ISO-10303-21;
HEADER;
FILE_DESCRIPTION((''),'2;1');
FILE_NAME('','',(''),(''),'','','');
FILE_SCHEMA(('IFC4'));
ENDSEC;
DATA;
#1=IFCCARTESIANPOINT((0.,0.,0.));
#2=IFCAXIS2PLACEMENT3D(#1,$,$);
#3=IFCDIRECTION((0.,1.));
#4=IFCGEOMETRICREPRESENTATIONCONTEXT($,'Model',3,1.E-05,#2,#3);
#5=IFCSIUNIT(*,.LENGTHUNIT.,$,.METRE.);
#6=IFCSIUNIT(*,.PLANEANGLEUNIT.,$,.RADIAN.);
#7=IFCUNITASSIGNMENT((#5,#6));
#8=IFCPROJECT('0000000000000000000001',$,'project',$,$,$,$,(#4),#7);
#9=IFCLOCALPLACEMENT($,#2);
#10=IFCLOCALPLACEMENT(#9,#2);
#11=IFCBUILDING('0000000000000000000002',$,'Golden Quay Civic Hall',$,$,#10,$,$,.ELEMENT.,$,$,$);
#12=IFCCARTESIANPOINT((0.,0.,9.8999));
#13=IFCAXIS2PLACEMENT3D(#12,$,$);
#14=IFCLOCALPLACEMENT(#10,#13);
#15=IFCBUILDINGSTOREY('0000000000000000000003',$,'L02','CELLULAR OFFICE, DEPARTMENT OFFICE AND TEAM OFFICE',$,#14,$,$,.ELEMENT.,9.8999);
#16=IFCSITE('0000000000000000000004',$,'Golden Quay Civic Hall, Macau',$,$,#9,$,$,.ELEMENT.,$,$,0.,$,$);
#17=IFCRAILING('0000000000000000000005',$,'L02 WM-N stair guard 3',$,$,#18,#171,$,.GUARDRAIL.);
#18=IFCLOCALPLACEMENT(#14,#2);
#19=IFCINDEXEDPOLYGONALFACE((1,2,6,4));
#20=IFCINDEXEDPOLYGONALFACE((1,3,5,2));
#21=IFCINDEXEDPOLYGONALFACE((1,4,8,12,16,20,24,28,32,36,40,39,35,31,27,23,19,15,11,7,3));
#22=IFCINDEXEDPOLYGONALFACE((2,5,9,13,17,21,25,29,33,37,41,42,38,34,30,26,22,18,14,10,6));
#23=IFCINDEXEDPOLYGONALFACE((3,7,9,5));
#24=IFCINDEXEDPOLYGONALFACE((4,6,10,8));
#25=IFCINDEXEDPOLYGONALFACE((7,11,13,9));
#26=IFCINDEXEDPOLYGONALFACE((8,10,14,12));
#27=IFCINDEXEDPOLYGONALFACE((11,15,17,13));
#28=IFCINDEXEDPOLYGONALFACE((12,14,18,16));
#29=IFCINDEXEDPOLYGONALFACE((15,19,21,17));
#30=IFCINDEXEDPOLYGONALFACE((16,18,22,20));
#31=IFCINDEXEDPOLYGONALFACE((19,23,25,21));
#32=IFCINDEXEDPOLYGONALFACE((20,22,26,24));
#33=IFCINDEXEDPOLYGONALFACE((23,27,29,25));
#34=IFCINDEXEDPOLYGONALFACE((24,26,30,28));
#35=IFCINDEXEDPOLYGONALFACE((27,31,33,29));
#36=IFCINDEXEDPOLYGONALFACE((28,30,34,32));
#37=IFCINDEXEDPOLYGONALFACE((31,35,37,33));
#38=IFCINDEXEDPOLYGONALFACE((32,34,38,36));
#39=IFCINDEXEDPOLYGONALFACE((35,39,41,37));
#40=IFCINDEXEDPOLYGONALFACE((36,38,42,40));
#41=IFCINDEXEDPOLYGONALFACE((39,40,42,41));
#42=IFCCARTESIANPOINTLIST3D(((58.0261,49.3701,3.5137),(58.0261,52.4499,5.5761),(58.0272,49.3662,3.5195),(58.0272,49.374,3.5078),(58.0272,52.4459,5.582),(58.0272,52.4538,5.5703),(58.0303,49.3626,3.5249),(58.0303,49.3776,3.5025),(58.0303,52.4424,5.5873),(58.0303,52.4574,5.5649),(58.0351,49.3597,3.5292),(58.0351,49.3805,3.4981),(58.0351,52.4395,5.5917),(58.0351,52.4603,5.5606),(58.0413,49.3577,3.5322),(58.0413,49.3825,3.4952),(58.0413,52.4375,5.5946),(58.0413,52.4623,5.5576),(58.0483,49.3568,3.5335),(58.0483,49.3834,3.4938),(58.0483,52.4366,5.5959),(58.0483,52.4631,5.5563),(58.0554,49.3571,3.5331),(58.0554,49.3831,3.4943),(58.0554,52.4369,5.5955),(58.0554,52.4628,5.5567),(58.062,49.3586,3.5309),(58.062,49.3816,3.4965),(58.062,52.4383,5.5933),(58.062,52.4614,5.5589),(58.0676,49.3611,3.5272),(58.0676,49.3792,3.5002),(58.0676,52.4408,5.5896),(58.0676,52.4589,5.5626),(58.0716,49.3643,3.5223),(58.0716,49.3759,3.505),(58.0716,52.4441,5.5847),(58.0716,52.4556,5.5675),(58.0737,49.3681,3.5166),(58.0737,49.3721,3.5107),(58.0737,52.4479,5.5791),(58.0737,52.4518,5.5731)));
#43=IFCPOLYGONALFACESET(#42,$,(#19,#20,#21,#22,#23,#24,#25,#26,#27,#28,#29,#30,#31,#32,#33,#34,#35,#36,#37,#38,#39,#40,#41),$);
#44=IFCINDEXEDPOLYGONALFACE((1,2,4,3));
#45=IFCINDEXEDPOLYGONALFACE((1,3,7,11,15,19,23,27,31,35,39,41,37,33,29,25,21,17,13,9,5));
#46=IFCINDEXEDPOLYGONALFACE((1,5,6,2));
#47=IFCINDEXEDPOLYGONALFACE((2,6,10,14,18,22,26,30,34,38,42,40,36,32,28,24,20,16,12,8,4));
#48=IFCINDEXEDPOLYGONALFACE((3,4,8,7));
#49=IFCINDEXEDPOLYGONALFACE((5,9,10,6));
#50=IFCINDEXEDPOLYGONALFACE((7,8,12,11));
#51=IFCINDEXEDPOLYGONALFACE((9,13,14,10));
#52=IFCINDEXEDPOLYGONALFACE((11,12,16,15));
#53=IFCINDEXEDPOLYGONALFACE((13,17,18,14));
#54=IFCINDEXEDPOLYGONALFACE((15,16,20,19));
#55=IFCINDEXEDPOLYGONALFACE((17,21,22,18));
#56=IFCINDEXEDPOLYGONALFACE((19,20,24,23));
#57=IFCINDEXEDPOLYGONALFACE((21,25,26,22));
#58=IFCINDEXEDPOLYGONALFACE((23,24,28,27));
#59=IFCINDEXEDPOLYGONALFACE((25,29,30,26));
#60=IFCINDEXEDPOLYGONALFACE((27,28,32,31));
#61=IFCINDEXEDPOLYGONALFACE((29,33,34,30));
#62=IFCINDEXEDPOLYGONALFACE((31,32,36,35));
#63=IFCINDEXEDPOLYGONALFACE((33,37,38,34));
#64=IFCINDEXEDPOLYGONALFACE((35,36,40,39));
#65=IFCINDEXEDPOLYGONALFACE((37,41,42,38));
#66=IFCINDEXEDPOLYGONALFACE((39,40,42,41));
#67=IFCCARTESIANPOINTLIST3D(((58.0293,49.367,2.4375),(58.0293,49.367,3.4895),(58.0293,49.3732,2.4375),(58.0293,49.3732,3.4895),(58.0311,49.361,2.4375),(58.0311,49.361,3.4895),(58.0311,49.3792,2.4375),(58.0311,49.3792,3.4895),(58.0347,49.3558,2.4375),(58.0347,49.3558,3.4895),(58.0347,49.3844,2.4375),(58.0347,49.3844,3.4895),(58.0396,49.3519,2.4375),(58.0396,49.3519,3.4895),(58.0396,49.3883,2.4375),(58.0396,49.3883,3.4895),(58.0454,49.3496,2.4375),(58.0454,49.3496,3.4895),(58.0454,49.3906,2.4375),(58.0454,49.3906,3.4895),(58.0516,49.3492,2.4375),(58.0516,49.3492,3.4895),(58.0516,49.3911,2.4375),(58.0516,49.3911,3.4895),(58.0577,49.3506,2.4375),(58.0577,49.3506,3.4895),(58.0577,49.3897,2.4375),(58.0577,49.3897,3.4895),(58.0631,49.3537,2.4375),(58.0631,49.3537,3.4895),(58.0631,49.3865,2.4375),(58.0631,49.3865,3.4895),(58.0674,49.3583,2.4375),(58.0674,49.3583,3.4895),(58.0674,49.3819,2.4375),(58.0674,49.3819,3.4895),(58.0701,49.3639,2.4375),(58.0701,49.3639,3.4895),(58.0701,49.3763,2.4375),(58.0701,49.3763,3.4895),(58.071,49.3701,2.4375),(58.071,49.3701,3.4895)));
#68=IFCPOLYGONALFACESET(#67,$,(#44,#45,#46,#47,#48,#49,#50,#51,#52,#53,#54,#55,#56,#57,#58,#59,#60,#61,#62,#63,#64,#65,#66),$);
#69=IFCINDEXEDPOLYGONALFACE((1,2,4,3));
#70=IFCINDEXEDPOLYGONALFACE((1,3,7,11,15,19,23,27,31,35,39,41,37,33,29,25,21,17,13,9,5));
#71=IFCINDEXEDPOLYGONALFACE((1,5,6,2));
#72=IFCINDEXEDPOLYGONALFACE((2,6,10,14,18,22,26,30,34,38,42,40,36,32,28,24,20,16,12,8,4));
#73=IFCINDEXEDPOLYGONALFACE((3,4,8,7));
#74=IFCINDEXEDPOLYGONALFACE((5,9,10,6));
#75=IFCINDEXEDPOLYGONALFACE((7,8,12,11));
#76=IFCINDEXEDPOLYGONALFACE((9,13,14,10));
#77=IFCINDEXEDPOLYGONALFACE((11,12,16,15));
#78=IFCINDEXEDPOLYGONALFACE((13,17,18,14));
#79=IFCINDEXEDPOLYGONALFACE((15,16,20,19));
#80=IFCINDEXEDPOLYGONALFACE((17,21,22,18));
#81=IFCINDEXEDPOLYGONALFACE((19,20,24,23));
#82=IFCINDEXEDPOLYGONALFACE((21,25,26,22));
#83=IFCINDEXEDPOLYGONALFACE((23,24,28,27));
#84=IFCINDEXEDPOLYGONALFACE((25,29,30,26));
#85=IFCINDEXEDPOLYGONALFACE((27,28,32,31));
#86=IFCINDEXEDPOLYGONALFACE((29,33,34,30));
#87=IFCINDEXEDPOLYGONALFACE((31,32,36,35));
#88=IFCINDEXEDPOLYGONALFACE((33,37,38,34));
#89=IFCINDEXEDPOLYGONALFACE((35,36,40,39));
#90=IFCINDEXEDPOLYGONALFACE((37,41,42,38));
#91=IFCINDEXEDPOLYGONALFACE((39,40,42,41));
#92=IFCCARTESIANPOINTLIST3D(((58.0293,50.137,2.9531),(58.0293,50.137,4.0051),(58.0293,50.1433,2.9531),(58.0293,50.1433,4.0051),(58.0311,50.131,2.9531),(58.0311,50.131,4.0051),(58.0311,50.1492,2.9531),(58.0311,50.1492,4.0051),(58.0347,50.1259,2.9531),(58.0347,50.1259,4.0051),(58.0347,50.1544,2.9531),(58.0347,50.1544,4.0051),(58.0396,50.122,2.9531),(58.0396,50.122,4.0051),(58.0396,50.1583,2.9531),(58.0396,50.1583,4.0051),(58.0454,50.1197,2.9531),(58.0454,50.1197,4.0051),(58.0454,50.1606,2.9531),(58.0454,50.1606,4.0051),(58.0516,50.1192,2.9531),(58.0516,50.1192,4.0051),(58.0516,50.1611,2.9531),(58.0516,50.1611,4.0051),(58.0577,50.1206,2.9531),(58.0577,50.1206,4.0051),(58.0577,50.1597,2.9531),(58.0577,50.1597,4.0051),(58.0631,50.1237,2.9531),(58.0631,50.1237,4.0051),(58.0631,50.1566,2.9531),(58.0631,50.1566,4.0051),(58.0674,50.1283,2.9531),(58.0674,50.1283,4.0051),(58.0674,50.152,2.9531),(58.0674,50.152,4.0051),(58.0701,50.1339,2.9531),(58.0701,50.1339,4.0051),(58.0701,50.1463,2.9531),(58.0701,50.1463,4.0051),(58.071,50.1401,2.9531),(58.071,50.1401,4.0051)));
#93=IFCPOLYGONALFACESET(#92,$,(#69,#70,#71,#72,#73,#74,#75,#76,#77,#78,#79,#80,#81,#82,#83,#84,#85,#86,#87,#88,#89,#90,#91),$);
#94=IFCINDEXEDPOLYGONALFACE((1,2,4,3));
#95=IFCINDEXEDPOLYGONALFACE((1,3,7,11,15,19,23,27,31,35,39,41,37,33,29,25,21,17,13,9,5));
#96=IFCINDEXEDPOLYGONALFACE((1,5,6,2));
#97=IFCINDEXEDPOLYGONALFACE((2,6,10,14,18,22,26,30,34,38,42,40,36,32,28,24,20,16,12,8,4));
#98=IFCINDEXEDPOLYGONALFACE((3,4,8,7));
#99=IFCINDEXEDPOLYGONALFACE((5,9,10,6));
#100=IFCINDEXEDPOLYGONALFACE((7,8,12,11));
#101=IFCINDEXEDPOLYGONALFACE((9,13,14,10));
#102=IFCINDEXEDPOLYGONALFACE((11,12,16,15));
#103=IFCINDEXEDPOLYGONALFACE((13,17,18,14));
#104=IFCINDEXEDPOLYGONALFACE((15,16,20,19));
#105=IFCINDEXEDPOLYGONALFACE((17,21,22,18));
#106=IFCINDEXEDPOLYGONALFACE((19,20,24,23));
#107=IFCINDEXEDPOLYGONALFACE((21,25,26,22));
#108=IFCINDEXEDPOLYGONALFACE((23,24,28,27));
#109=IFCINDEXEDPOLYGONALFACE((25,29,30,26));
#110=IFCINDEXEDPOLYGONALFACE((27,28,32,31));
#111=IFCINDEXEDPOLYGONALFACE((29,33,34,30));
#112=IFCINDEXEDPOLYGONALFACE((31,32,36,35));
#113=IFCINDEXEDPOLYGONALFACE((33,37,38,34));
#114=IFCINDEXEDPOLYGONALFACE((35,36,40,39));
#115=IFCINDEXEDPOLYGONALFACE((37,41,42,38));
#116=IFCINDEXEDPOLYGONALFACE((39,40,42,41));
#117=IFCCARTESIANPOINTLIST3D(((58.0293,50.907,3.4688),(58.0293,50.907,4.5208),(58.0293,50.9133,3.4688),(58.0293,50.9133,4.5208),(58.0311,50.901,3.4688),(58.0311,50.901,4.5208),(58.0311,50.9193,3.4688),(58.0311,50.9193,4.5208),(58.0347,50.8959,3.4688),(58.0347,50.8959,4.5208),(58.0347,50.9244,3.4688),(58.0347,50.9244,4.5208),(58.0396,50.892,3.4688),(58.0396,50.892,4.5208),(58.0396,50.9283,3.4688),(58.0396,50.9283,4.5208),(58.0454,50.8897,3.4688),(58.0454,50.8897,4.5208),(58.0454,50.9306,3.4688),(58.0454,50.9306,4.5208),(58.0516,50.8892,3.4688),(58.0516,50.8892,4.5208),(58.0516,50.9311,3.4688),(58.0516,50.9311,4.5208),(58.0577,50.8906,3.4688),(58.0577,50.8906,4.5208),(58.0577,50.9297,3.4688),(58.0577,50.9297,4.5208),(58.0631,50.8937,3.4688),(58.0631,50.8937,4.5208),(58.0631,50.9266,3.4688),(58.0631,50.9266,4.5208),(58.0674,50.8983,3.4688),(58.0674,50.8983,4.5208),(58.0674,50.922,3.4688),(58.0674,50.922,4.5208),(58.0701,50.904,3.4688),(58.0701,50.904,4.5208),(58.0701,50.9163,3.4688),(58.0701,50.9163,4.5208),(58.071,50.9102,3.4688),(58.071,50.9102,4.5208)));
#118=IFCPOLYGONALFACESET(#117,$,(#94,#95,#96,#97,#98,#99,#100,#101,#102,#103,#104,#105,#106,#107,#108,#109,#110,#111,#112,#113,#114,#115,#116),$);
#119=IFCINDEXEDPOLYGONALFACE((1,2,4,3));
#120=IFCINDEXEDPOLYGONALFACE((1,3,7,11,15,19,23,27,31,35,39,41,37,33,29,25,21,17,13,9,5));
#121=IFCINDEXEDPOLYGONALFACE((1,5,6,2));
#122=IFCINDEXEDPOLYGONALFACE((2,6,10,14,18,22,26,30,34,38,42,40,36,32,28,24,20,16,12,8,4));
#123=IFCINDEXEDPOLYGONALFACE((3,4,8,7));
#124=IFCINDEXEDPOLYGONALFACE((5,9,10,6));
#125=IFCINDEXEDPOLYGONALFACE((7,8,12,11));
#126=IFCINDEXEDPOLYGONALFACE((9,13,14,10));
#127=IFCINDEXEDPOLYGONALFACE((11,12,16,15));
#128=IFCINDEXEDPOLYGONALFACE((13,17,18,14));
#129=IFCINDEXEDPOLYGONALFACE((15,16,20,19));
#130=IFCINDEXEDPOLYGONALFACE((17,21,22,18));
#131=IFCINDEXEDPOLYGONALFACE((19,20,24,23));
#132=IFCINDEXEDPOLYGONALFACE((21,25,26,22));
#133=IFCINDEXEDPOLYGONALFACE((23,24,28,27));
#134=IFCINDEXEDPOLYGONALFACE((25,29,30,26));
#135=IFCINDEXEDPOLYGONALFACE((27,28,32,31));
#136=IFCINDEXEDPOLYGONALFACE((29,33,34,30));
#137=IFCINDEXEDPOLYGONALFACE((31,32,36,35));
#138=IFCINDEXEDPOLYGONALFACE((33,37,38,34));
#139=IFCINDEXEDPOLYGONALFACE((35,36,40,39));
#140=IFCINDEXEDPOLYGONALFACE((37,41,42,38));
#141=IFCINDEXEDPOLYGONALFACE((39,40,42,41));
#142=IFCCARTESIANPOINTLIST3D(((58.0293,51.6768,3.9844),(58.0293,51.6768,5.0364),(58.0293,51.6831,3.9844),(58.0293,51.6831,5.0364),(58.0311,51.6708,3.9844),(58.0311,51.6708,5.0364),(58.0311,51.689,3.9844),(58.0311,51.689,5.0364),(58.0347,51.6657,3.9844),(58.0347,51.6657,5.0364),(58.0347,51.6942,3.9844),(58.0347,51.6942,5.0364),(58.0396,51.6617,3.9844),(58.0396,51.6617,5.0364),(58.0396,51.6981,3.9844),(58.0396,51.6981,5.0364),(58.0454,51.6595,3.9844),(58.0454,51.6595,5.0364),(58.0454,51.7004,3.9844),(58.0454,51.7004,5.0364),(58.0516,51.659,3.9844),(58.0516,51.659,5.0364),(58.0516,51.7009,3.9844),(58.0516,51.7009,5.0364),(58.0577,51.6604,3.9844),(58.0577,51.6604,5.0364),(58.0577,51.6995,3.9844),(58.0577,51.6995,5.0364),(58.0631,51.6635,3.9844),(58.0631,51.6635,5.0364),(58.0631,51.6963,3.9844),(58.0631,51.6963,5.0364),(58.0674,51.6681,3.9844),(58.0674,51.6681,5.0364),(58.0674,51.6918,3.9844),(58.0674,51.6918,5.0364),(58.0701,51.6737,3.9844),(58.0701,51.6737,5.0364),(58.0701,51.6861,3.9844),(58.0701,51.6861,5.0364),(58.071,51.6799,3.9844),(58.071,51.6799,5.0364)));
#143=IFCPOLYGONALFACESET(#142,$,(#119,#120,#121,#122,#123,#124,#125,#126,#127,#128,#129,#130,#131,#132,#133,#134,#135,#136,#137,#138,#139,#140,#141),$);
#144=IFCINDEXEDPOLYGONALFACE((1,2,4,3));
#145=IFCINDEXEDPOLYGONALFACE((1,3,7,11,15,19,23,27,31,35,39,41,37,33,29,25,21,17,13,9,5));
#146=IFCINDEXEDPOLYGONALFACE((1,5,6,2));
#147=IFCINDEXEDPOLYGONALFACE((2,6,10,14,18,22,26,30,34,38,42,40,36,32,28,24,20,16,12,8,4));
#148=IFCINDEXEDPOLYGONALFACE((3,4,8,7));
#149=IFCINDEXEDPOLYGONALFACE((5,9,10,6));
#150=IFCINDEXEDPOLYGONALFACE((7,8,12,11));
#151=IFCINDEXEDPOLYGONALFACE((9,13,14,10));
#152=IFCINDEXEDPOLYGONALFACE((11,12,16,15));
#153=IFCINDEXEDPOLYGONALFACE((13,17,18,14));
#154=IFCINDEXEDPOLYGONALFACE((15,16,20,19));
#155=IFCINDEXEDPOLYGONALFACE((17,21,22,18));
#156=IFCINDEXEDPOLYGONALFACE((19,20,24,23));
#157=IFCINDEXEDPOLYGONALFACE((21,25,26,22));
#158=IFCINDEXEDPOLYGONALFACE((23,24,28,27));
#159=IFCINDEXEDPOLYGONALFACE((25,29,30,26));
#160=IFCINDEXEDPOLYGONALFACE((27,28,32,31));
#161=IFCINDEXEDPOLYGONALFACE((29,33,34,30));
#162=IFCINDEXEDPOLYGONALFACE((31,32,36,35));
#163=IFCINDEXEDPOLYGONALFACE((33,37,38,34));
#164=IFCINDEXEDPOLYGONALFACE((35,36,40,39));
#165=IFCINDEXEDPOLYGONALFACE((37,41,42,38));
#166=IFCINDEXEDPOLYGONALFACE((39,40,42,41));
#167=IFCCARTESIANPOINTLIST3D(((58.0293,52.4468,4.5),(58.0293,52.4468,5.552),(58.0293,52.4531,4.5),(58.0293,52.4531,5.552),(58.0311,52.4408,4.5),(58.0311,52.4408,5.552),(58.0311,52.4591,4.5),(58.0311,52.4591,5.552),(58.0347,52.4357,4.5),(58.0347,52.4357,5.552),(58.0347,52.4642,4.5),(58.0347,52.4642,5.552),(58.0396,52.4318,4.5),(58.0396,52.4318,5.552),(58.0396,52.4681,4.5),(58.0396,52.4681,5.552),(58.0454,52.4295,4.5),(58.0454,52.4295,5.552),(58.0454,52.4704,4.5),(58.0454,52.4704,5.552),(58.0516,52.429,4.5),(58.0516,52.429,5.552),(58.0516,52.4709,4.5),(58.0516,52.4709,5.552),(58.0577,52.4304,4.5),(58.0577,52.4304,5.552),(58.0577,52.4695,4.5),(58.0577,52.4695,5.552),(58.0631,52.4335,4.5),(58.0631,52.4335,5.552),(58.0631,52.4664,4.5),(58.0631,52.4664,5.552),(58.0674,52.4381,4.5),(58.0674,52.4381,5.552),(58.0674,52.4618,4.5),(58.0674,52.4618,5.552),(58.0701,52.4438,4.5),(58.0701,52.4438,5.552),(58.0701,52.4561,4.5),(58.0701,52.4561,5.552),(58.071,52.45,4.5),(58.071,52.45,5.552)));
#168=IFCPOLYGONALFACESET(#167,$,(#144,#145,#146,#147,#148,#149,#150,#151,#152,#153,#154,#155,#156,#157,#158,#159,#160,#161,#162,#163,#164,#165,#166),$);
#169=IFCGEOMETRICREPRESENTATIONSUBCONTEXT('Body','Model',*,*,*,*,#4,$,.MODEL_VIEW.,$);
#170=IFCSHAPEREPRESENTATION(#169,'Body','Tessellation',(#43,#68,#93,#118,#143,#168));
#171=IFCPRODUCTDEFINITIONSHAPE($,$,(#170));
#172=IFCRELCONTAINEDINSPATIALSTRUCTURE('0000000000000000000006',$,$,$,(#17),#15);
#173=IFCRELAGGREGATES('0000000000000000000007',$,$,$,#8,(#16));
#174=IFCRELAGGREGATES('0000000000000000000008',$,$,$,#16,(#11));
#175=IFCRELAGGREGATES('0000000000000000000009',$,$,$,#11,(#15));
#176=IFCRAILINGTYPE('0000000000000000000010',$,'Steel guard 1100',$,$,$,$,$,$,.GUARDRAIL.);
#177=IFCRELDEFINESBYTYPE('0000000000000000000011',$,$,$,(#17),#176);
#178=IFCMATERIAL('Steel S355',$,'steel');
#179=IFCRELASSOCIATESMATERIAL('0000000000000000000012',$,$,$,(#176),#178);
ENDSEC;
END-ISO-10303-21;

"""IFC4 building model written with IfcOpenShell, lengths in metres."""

from ifc_helpers import new_model, si_unit, direction, frame, origin, origin_2d, place, context, subcontext, project, spatial, circle, extrude, material, type_object, element, save


model = new_model("IFC4")

# Units and contexts
model_context = context("Model", 3, precision=1e-05, world=origin(), true_north=direction((0.0, 1.0)))
body_context = subcontext(model_context, "Body", "Model", "MODEL_VIEW")
ifc_project = project(units=[si_unit("LENGTHUNIT", "METRE"), si_unit("PLANEANGLEUNIT", "RADIAN")], contexts=[model_context])

# Site, building, storey
site_placement = place(None, origin())
site = spatial("IfcSite", under=ifc_project, at=site_placement, Name="Golden Quay Civic Hall, Macau", CompositionType="ELEMENT", RefElevation=0.0)
building_placement = place(site_placement, origin())
building = spatial("IfcBuilding", under=site, at=building_placement, Name="Golden Quay Civic Hall", CompositionType="ELEMENT")
storey_placement = place(building_placement, frame((0.0, 0.0, 9.8999)))
storey = spatial("IfcBuildingStorey", under=building, at=storey_placement, Name="L02", Description="CELLULAR OFFICE, DEPARTMENT OFFICE AND TEAM OFFICE", CompositionType="ELEMENT", Elevation=9.8999)

# Railing
ifc_material_1 = material(Name="Steel S355", Category="steel")
railing_type_1 = type_object("IfcRailingType", Name="Steel guard 1100", PredefinedType="GUARDRAIL", material=ifc_material_1)
railing_1_placement = place(storey_placement, frame((58.05, 49.3701, 2.4375)))
element("IfcRailing", 1, at=railing_1_placement, inside=storey, type_object=railing_type_1, Name="L02 WM-N stair guard 3", PredefinedType="GUARDRAIL", context=body_context, shape_type="SweptSolid", body=[
    extrude(circle(Radius=0.0239, at=origin_2d()), frame((0.0, 0.0, 1.0762), z_axis=(0.0, 0.830893, 0.556432), x_axis=(-1.0, 0.0, 0.0)), (0.0, 0.0, 1.0), 3.7065),
    extrude(circle(Radius=0.021, at=origin_2d()), origin(), (0.0, 0.0, 1.0), 1.052),
    extrude(circle(Radius=0.021, at=origin_2d()), frame((0.0, 0.77, 0.5156)), (0.0, 0.0, 1.0), 1.052),
    extrude(circle(Radius=0.021, at=origin_2d()), frame((0.0, 1.54, 1.0312)), (0.0, 0.0, 1.0), 1.052),
    extrude(circle(Radius=0.021, at=origin_2d()), frame((0.0, 2.3098, 1.5469)), (0.0, 0.0, 1.0), 1.052),
    extrude(circle(Radius=0.021, at=origin_2d()), frame((0.0, 3.0798, 2.0625)), (0.0, 0.0, 1.0), 1.052),
])

save(model, "model.ifc")
